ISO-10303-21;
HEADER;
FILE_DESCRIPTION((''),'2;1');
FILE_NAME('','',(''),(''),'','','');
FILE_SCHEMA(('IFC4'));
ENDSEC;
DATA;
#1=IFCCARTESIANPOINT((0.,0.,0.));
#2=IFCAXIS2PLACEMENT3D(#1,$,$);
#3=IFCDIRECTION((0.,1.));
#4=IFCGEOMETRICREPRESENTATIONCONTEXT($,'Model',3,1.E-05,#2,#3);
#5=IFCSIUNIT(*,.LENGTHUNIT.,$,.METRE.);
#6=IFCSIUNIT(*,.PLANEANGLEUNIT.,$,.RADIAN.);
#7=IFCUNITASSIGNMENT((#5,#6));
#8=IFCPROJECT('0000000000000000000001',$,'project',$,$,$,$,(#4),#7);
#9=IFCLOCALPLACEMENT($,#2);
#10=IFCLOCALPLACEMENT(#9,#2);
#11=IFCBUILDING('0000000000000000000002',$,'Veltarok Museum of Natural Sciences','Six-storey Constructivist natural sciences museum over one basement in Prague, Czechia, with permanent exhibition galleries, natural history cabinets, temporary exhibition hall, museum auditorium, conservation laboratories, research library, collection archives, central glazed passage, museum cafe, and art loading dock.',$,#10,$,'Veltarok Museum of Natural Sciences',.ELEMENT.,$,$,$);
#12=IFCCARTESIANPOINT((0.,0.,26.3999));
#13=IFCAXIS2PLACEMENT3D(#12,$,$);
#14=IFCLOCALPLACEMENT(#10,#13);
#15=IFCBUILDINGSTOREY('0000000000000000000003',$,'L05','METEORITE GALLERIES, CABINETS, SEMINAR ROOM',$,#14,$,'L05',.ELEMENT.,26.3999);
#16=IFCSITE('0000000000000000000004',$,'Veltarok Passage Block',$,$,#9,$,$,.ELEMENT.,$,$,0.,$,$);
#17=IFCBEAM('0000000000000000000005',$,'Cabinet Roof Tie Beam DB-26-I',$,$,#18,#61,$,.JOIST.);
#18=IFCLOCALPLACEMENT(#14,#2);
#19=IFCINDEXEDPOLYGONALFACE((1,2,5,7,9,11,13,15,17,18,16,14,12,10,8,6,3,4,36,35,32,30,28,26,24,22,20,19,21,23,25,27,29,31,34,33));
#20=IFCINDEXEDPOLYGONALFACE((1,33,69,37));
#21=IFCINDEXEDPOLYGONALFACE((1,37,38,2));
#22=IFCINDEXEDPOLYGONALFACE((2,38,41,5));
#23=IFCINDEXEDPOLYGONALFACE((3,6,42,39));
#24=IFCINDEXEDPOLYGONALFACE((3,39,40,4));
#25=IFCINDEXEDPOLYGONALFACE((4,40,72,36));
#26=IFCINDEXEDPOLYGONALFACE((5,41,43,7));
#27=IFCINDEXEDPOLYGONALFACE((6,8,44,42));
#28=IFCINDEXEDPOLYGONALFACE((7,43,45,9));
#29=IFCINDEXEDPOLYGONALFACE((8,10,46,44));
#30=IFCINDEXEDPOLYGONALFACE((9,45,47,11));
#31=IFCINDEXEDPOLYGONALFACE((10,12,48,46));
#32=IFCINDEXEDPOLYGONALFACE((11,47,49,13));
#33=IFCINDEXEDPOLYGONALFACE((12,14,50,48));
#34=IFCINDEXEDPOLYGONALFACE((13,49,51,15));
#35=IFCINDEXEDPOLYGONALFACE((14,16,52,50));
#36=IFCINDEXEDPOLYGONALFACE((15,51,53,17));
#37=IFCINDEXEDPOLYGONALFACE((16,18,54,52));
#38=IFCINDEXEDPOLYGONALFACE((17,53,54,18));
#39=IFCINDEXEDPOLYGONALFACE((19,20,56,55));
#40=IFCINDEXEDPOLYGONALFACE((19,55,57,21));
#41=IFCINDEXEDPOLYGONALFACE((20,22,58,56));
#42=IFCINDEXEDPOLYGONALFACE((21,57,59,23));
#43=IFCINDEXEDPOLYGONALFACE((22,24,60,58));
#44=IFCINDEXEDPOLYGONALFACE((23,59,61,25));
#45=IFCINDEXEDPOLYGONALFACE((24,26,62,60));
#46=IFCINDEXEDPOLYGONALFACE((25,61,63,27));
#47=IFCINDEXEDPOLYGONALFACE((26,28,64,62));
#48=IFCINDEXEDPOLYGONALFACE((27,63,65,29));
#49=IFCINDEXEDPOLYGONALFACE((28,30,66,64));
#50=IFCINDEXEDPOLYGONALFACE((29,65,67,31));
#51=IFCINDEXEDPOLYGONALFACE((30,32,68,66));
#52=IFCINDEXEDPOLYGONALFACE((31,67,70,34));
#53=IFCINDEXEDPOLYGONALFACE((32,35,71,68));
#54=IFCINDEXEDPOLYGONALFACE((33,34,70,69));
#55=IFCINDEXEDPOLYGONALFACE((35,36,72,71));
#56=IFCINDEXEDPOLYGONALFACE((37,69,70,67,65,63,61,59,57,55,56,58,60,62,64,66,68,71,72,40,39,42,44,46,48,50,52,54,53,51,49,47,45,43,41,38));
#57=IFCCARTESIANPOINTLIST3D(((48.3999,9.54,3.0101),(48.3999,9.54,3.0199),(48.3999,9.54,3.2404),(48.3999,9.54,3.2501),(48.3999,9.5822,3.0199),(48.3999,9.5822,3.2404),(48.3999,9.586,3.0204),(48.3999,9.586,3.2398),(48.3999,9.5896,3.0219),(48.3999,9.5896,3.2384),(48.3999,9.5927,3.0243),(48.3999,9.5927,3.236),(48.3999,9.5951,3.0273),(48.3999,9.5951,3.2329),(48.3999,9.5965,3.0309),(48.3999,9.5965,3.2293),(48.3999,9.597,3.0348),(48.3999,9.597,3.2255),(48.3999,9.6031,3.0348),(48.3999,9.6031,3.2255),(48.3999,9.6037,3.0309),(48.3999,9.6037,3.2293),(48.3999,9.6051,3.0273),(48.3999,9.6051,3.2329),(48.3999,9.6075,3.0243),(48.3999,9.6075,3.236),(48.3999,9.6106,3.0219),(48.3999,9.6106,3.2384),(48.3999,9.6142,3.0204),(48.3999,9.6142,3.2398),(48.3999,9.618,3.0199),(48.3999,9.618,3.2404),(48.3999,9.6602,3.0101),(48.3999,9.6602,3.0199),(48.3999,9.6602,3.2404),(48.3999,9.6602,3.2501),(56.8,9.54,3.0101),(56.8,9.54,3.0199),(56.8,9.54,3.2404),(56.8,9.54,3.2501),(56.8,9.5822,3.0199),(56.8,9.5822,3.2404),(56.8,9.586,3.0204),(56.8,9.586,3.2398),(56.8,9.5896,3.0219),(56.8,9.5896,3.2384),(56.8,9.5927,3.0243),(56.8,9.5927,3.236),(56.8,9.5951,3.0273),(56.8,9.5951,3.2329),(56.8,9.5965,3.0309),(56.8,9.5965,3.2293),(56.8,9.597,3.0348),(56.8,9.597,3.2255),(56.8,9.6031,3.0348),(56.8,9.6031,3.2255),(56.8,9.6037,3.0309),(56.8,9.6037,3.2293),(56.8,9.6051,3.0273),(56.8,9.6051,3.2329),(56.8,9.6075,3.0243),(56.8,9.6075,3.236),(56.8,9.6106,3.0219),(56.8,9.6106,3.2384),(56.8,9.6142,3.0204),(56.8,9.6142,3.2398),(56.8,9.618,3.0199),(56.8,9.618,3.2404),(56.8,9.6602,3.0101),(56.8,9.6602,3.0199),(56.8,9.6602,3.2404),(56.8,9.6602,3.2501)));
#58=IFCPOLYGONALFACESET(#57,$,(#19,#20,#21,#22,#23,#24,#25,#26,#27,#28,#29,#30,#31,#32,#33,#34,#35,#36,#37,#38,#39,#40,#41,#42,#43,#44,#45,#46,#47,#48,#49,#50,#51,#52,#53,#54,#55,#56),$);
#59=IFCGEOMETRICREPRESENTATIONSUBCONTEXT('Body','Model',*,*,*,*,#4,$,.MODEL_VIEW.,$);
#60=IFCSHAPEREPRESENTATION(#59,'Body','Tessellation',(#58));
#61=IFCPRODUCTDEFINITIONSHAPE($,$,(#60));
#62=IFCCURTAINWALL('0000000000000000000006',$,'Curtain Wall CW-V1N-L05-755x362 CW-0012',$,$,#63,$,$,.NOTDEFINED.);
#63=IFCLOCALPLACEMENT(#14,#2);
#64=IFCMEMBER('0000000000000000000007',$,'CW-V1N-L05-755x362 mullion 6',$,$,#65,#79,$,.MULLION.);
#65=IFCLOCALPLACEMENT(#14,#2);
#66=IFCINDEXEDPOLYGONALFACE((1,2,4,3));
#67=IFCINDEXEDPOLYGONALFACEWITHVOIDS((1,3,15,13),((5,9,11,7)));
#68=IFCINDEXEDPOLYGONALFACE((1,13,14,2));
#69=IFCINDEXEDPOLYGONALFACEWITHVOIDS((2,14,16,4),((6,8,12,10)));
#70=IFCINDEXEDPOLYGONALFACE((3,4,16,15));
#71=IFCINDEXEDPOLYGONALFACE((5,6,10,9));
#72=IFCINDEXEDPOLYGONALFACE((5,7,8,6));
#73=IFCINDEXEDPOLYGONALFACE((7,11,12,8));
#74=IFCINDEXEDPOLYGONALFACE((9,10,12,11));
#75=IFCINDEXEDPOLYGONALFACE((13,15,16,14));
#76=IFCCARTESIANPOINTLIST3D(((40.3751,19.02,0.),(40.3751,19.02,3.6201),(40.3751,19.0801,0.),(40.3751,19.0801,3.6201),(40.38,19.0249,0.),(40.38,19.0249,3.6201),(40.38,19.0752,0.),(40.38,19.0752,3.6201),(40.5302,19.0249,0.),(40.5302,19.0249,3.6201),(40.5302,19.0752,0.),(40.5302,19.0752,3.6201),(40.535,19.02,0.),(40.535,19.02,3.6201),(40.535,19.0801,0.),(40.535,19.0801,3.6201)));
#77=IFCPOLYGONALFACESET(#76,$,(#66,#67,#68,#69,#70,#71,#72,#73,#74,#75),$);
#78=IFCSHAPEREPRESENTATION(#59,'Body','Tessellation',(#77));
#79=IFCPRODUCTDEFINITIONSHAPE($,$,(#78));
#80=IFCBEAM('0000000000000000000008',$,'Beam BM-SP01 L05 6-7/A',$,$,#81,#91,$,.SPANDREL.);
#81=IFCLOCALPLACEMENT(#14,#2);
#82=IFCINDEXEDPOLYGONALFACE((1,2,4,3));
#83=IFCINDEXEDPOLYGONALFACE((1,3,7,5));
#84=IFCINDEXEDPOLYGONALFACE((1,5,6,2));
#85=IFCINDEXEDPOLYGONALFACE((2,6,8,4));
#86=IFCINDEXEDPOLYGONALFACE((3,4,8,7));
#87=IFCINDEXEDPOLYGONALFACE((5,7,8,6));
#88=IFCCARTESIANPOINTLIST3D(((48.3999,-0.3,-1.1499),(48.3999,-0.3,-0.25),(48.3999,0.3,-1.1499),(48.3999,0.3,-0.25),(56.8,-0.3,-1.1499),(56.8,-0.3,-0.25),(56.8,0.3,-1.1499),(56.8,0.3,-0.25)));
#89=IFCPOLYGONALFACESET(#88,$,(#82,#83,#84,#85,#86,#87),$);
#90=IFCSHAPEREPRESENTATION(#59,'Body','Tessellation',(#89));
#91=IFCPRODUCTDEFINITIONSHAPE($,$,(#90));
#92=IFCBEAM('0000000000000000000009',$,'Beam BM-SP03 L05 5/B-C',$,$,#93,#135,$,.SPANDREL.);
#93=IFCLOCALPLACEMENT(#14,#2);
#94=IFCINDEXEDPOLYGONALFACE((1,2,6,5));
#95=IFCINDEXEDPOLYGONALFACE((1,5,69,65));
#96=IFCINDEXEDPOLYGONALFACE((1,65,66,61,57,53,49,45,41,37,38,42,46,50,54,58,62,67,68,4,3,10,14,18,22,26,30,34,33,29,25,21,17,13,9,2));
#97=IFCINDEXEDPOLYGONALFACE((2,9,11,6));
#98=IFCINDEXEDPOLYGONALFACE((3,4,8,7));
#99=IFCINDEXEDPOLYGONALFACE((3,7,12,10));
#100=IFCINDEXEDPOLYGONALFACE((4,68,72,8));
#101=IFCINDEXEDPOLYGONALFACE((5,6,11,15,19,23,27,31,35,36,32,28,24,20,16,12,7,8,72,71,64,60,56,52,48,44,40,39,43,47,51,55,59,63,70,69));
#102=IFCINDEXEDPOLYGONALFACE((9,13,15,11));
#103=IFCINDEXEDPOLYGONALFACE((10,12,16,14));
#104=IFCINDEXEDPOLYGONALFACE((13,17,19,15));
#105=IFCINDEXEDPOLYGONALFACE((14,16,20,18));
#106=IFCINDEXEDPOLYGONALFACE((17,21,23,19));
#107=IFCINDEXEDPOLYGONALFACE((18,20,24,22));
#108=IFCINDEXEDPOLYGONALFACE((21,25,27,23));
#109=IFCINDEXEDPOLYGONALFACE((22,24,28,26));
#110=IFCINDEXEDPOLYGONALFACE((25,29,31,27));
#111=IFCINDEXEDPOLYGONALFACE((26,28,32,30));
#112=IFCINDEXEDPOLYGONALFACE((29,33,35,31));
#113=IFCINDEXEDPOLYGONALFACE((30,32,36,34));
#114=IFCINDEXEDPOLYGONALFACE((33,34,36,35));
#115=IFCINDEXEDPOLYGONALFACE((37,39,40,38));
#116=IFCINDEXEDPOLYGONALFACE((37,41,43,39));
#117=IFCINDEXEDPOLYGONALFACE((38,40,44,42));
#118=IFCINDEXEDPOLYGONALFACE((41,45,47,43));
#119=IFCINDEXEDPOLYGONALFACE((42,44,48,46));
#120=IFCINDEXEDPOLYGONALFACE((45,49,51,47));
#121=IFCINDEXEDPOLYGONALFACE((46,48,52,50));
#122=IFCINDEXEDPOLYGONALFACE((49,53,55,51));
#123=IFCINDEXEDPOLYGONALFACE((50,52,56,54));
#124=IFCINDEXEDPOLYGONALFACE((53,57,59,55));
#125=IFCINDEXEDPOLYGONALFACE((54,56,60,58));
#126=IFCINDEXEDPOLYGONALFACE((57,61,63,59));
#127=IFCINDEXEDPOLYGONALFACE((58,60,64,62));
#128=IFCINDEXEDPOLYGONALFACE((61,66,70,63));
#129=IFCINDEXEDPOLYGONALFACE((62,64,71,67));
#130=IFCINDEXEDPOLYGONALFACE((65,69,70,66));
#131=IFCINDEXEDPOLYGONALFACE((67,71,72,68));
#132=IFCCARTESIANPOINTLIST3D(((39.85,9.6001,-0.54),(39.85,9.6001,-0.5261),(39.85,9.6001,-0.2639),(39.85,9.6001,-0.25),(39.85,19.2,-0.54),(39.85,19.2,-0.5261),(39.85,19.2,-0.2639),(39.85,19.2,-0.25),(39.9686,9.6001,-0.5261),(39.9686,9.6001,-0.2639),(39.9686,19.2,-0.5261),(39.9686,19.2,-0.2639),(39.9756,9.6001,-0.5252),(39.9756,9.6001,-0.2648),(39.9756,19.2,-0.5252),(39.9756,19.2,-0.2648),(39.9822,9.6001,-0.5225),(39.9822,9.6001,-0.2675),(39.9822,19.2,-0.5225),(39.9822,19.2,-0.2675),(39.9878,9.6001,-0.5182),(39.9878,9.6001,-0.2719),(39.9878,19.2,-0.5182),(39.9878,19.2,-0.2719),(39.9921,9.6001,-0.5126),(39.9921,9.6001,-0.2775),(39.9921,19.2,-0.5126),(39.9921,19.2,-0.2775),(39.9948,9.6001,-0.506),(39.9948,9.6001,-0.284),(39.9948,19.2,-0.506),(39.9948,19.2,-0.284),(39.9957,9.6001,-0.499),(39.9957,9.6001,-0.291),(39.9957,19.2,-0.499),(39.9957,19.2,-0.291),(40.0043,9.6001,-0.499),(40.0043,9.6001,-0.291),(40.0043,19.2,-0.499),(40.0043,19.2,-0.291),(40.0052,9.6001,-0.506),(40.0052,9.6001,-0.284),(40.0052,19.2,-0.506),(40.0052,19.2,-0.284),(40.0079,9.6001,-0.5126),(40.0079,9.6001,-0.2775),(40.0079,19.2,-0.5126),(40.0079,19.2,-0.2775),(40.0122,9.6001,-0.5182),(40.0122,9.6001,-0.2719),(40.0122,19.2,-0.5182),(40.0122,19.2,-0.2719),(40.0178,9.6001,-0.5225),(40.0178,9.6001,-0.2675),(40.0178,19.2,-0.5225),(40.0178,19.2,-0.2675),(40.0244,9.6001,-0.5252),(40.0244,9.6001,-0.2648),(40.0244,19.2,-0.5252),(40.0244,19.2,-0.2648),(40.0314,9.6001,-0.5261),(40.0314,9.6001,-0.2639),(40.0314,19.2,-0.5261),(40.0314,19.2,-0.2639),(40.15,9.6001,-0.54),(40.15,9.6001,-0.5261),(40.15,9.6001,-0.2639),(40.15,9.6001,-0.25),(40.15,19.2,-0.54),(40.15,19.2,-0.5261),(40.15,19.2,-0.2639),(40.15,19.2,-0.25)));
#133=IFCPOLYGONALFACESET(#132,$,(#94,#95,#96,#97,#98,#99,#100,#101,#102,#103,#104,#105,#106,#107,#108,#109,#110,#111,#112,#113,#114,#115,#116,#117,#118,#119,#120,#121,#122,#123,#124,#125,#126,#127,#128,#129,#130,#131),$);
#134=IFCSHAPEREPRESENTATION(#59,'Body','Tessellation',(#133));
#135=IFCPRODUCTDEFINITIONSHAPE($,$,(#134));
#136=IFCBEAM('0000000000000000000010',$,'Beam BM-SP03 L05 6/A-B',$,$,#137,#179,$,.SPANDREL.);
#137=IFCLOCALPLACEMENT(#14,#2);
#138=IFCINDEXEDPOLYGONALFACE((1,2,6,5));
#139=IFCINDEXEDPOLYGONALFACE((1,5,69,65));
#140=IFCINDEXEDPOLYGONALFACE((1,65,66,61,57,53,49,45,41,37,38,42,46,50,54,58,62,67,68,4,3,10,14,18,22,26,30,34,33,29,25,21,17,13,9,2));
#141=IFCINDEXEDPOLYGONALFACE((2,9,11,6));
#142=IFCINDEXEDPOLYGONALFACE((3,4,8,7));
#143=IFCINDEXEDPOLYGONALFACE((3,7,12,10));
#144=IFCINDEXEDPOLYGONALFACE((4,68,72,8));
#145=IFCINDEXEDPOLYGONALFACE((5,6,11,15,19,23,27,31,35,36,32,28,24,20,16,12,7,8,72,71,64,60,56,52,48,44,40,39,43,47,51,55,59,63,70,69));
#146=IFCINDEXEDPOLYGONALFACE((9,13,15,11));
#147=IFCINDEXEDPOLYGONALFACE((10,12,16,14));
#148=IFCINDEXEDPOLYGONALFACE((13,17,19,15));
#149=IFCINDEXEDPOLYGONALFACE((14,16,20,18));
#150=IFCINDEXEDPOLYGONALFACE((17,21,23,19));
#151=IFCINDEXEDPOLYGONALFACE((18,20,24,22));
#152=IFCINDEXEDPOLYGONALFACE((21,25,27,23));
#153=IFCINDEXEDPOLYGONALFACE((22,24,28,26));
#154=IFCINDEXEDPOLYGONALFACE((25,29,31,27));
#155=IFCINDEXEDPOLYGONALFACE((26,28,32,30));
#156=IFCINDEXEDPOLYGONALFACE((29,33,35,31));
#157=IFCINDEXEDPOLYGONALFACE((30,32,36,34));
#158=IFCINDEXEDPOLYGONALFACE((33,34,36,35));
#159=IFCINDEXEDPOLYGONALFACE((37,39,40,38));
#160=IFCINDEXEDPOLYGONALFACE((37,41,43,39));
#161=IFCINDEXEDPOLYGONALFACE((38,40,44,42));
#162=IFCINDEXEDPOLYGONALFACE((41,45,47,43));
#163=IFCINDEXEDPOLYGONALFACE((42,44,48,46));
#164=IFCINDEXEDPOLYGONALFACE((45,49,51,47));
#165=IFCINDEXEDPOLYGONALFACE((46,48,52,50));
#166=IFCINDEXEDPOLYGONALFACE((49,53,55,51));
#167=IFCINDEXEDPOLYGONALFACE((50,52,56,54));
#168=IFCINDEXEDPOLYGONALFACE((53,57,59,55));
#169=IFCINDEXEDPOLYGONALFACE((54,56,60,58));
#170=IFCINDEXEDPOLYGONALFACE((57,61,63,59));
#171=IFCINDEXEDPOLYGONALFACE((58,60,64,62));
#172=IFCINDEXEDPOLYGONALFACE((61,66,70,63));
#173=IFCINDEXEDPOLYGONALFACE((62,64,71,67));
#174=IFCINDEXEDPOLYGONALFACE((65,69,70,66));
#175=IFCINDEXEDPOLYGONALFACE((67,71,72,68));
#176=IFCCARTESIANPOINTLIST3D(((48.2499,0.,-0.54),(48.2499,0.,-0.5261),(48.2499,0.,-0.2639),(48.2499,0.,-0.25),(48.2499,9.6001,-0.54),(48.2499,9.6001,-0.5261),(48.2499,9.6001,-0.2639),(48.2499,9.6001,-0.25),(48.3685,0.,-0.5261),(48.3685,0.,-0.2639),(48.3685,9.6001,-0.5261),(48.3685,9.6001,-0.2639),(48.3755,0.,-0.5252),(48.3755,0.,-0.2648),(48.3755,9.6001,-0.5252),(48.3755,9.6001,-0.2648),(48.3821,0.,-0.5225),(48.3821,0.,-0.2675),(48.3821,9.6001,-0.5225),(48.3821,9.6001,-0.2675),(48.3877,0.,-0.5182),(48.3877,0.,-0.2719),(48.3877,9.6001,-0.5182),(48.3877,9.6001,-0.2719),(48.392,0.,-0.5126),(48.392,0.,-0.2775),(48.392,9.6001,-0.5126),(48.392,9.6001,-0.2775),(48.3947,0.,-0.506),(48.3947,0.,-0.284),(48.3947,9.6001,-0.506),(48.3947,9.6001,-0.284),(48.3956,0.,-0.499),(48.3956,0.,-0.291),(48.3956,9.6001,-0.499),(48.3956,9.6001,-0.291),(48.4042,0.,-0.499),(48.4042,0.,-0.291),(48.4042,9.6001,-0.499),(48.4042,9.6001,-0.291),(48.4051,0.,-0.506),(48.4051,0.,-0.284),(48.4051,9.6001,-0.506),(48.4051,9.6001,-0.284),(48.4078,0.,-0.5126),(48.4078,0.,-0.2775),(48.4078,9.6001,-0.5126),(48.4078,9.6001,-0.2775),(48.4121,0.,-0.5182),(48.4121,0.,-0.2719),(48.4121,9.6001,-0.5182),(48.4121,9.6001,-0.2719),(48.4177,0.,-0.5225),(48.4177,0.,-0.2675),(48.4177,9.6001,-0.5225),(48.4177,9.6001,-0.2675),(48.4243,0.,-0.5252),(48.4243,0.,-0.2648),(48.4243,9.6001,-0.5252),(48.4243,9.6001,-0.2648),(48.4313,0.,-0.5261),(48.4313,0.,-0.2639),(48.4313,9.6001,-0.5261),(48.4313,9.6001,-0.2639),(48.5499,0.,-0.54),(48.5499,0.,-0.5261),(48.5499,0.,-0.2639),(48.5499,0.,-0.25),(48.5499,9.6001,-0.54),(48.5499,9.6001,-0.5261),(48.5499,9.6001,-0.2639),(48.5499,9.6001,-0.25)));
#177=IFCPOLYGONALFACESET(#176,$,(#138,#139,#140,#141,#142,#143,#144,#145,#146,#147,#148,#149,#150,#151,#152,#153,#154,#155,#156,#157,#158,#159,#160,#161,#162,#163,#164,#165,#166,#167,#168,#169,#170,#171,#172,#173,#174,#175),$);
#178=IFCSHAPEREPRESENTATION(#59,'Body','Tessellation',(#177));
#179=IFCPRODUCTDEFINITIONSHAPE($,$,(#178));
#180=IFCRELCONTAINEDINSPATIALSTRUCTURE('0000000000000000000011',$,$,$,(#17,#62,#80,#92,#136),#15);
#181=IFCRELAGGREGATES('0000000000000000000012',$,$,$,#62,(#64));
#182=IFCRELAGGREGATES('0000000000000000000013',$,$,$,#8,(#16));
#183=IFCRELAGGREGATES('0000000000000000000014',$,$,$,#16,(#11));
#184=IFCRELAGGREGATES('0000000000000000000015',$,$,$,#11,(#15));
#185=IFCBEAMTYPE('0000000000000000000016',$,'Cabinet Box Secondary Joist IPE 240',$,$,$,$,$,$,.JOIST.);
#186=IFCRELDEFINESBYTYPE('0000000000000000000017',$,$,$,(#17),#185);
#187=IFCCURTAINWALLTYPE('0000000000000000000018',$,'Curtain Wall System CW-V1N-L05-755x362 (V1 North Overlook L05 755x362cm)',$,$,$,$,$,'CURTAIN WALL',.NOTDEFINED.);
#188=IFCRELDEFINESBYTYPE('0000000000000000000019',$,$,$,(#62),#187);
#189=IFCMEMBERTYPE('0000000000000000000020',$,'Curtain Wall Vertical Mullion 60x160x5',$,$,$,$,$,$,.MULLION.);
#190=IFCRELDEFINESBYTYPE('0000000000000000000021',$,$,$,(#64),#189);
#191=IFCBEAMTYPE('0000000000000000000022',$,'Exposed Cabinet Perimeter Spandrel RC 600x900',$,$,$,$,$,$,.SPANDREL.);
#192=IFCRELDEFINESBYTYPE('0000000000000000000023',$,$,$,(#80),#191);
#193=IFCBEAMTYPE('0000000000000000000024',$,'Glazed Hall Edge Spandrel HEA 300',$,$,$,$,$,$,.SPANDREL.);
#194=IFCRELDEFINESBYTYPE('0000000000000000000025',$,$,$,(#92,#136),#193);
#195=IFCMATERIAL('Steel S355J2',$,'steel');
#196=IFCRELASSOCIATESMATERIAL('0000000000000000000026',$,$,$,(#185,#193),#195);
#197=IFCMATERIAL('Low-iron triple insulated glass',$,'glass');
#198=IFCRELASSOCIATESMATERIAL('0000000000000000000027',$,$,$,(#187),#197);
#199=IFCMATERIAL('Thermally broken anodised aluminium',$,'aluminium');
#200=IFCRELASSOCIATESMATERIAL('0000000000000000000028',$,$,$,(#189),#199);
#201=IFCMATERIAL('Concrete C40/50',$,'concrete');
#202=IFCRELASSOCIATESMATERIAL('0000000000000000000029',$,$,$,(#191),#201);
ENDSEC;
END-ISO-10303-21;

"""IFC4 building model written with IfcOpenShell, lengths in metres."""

from ifc_helpers import new_model, si_unit, direction, frame, origin, origin_2d, place, context, subcontext, project, spatial, rectangle, hollow_rectangle, i_section, extrude, material, material_profile, profile_set, type_object, element, aggregate, save


model = new_model("IFC4")

# Units and contexts
model_context = context("Model", 3, precision=1e-05, world=origin(), true_north=direction((0.0, 1.0)))
body_context = subcontext(model_context, "Body", "Model", "MODEL_VIEW")
ifc_project = project(units=[si_unit("LENGTHUNIT", "METRE"), si_unit("PLANEANGLEUNIT", "RADIAN")], contexts=[model_context])

# Site, building, storey
site_placement = place(None, origin())
site = spatial("IfcSite", under=ifc_project, at=site_placement, Name="Veltarok Passage Block", CompositionType="ELEMENT", RefElevation=0.0)
building_placement = place(site_placement, origin())
building = spatial("IfcBuilding", under=site, at=building_placement, Name="Veltarok Museum of Natural Sciences", Description="Six-storey Constructivist natural sciences museum over one basement in Prague, Czechia, with permanent exhibition galleries, natural history cabinets, temporary exhibition hall, museum auditorium, conservation laboratories, research library, collection archives, central glazed passage, museum cafe, and art loading dock.", LongName="Veltarok Museum of Natural Sciences", CompositionType="ELEMENT")
storey_placement = place(building_placement, frame((0.0, 0.0, 26.3999)))
storey = spatial("IfcBuildingStorey", under=building, at=storey_placement, Name="L05", Description="METEORITE GALLERIES, CABINETS, SEMINAR ROOM", LongName="L05", CompositionType="ELEMENT", Elevation=26.3999)

# Shared definitions
ifc_material_1 = material(Name="Steel S355J2", Category="steel")

# Beam
ifc_material_profile_1 = material_profile(ifc_material_1, i_section(OverallWidth=0.1201, OverallDepth=0.24, WebThickness=0.0061, FlangeThickness=0.0098, FilletRadius=0.0149, at=origin_2d()), Name="IPE 240")
ifc_profile_set_1 = profile_set([ifc_material_profile_1], Name="Steel S355J2")
beam_type_1 = type_object("IfcBeamType", Name="Cabinet Box Secondary Joist IPE 240", PredefinedType="JOIST", material=ifc_profile_set_1)
for number, where, z_axis, x_axis, name in (
    (1, (48.3999, 9.6001, 3.1301), (1.0, 0.0, 0.0), (0.0, 1.0, 0.0), "Cabinet Roof Tie Beam DB-26-I"),
):
    element("IfcBeam", number, at=place(storey_placement, frame(where, z_axis=z_axis, x_axis=x_axis)), inside=storey, type_object=beam_type_1, Name=name, PredefinedType="JOIST", context=body_context, shape_type="SweptSolid", body=[
        extrude(i_section(OverallWidth=0.1201, OverallDepth=0.24, WebThickness=0.0061, FlangeThickness=0.0098, FilletRadius=0.0149, at=origin_2d()), origin(), (0.0, 0.0, 1.0), 8.4001),
    ])

# Curtain wall, member
ifc_material_2 = material(Name="Low-iron triple insulated glass", Category="glass")
curtain_wall_type = type_object("IfcCurtainWallType", Name="Curtain Wall System CW-V1N-L05-755x362 (V1 North Overlook L05 755x362cm)", ElementType="CURTAIN WALL", PredefinedType="NOTDEFINED", material=ifc_material_2)
curtain_wall_placement = place(storey_placement, origin())
curtain_wall = element("IfcCurtainWall", 2, at=curtain_wall_placement, inside=storey, type_object=curtain_wall_type, Name="Curtain Wall CW-V1N-L05-755x362 CW-0012", PredefinedType="NOTDEFINED")
ifc_material_3 = material(Name="Thermally broken anodised aluminium", Category="aluminium")
ifc_material_profile_2 = material_profile(ifc_material_3, hollow_rectangle(XDim=0.0601, YDim=0.1599, WallThickness=0.0049, at=origin_2d()), Name="CW MULLION 60x160x5")
ifc_profile_set_2 = profile_set([ifc_material_profile_2], Name="Thermally broken anodised aluminium")
member_type = type_object("IfcMemberType", Name="Curtain Wall Vertical Mullion 60x160x5", PredefinedType="MULLION", material=ifc_profile_set_2)
member_placement = place(storey_placement, frame((40.4551, 19.05, 0.0), z_axis=(0.0, 0.0, 1.0), x_axis=(0.0, -1.0, 0.0)))
member = element("IfcMember", 3, at=member_placement, type_object=member_type, Name="CW-V1N-L05-755x362 mullion 6", PredefinedType="MULLION", context=body_context, shape_type="SweptSolid", body=[
    extrude(hollow_rectangle(XDim=0.0601, YDim=0.1599, WallThickness=0.0049, at=origin_2d()), origin(), (0.0, 0.0, 1.0), 3.6201),
])

# Beams
ifc_material_4 = material(Name="Concrete C40/50", Category="concrete")
ifc_material_profile_3 = material_profile(ifc_material_4, rectangle(XDim=0.6001, YDim=0.8999, at=origin_2d()), Name="RC 600x900")
ifc_profile_set_3 = profile_set([ifc_material_profile_3], Name="Concrete C40/50")
beam_type_2 = type_object("IfcBeamType", Name="Exposed Cabinet Perimeter Spandrel RC 600x900", PredefinedType="SPANDREL", material=ifc_profile_set_3)
beam_1_placement = place(storey_placement, frame((48.3999, 0.0, -0.7), z_axis=(1.0, 0.0, 0.0), x_axis=(0.0, 1.0, 0.0)))
element("IfcBeam", 4, at=beam_1_placement, inside=storey, type_object=beam_type_2, Name="Beam BM-SP01 L05 6-7/A", PredefinedType="SPANDREL", context=body_context, shape_type="SweptSolid", body=[
    extrude(rectangle(XDim=0.6001, YDim=0.8999, at=origin_2d()), origin(), (0.0, 0.0, 1.0), 8.4001),
])
ifc_material_profile_4 = material_profile(ifc_material_1, i_section(OverallWidth=0.3, OverallDepth=0.29, WebThickness=0.0085, FlangeThickness=0.0139, FilletRadius=0.0271, at=origin_2d()), Name="HEA 300")
ifc_profile_set_4 = profile_set([ifc_material_profile_4], Name="Steel S355J2")
beam_type_3 = type_object("IfcBeamType", Name="Glazed Hall Edge Spandrel HEA 300", PredefinedType="SPANDREL", material=ifc_profile_set_4)
beam_2_placement = place(storey_placement, frame((40.0, 9.6001, -0.395), z_axis=(0.0, 1.0, 0.0), x_axis=(-1.0, 0.0, 0.0)))
element("IfcBeam", 5, at=beam_2_placement, inside=storey, type_object=beam_type_3, Name="Beam BM-SP03 L05 5/B-C", PredefinedType="SPANDREL", context=body_context, shape_type="SweptSolid", body=[
    extrude(i_section(OverallWidth=0.3, OverallDepth=0.29, WebThickness=0.0085, FlangeThickness=0.0139, FilletRadius=0.0271, at=origin_2d()), origin(), (0.0, 0.0, 1.0), 9.5999),
])
beam_3_placement = place(storey_placement, frame((48.3999, 0.0, -0.395), z_axis=(0.0, 1.0, 0.0), x_axis=(-1.0, 0.0, 0.0)))
element("IfcBeam", 6, at=beam_3_placement, inside=storey, type_object=beam_type_3, Name="Beam BM-SP03 L05 6/A-B", PredefinedType="SPANDREL", context=body_context, shape_type="SweptSolid", body=[
    extrude(i_section(OverallWidth=0.3, OverallDepth=0.29, WebThickness=0.0085, FlangeThickness=0.0139, FilletRadius=0.0271, at=origin_2d()), origin(), (0.0, 0.0, 1.0), 9.6001),
])

aggregate(curtain_wall, [member])

save(model, "model.ifc")
